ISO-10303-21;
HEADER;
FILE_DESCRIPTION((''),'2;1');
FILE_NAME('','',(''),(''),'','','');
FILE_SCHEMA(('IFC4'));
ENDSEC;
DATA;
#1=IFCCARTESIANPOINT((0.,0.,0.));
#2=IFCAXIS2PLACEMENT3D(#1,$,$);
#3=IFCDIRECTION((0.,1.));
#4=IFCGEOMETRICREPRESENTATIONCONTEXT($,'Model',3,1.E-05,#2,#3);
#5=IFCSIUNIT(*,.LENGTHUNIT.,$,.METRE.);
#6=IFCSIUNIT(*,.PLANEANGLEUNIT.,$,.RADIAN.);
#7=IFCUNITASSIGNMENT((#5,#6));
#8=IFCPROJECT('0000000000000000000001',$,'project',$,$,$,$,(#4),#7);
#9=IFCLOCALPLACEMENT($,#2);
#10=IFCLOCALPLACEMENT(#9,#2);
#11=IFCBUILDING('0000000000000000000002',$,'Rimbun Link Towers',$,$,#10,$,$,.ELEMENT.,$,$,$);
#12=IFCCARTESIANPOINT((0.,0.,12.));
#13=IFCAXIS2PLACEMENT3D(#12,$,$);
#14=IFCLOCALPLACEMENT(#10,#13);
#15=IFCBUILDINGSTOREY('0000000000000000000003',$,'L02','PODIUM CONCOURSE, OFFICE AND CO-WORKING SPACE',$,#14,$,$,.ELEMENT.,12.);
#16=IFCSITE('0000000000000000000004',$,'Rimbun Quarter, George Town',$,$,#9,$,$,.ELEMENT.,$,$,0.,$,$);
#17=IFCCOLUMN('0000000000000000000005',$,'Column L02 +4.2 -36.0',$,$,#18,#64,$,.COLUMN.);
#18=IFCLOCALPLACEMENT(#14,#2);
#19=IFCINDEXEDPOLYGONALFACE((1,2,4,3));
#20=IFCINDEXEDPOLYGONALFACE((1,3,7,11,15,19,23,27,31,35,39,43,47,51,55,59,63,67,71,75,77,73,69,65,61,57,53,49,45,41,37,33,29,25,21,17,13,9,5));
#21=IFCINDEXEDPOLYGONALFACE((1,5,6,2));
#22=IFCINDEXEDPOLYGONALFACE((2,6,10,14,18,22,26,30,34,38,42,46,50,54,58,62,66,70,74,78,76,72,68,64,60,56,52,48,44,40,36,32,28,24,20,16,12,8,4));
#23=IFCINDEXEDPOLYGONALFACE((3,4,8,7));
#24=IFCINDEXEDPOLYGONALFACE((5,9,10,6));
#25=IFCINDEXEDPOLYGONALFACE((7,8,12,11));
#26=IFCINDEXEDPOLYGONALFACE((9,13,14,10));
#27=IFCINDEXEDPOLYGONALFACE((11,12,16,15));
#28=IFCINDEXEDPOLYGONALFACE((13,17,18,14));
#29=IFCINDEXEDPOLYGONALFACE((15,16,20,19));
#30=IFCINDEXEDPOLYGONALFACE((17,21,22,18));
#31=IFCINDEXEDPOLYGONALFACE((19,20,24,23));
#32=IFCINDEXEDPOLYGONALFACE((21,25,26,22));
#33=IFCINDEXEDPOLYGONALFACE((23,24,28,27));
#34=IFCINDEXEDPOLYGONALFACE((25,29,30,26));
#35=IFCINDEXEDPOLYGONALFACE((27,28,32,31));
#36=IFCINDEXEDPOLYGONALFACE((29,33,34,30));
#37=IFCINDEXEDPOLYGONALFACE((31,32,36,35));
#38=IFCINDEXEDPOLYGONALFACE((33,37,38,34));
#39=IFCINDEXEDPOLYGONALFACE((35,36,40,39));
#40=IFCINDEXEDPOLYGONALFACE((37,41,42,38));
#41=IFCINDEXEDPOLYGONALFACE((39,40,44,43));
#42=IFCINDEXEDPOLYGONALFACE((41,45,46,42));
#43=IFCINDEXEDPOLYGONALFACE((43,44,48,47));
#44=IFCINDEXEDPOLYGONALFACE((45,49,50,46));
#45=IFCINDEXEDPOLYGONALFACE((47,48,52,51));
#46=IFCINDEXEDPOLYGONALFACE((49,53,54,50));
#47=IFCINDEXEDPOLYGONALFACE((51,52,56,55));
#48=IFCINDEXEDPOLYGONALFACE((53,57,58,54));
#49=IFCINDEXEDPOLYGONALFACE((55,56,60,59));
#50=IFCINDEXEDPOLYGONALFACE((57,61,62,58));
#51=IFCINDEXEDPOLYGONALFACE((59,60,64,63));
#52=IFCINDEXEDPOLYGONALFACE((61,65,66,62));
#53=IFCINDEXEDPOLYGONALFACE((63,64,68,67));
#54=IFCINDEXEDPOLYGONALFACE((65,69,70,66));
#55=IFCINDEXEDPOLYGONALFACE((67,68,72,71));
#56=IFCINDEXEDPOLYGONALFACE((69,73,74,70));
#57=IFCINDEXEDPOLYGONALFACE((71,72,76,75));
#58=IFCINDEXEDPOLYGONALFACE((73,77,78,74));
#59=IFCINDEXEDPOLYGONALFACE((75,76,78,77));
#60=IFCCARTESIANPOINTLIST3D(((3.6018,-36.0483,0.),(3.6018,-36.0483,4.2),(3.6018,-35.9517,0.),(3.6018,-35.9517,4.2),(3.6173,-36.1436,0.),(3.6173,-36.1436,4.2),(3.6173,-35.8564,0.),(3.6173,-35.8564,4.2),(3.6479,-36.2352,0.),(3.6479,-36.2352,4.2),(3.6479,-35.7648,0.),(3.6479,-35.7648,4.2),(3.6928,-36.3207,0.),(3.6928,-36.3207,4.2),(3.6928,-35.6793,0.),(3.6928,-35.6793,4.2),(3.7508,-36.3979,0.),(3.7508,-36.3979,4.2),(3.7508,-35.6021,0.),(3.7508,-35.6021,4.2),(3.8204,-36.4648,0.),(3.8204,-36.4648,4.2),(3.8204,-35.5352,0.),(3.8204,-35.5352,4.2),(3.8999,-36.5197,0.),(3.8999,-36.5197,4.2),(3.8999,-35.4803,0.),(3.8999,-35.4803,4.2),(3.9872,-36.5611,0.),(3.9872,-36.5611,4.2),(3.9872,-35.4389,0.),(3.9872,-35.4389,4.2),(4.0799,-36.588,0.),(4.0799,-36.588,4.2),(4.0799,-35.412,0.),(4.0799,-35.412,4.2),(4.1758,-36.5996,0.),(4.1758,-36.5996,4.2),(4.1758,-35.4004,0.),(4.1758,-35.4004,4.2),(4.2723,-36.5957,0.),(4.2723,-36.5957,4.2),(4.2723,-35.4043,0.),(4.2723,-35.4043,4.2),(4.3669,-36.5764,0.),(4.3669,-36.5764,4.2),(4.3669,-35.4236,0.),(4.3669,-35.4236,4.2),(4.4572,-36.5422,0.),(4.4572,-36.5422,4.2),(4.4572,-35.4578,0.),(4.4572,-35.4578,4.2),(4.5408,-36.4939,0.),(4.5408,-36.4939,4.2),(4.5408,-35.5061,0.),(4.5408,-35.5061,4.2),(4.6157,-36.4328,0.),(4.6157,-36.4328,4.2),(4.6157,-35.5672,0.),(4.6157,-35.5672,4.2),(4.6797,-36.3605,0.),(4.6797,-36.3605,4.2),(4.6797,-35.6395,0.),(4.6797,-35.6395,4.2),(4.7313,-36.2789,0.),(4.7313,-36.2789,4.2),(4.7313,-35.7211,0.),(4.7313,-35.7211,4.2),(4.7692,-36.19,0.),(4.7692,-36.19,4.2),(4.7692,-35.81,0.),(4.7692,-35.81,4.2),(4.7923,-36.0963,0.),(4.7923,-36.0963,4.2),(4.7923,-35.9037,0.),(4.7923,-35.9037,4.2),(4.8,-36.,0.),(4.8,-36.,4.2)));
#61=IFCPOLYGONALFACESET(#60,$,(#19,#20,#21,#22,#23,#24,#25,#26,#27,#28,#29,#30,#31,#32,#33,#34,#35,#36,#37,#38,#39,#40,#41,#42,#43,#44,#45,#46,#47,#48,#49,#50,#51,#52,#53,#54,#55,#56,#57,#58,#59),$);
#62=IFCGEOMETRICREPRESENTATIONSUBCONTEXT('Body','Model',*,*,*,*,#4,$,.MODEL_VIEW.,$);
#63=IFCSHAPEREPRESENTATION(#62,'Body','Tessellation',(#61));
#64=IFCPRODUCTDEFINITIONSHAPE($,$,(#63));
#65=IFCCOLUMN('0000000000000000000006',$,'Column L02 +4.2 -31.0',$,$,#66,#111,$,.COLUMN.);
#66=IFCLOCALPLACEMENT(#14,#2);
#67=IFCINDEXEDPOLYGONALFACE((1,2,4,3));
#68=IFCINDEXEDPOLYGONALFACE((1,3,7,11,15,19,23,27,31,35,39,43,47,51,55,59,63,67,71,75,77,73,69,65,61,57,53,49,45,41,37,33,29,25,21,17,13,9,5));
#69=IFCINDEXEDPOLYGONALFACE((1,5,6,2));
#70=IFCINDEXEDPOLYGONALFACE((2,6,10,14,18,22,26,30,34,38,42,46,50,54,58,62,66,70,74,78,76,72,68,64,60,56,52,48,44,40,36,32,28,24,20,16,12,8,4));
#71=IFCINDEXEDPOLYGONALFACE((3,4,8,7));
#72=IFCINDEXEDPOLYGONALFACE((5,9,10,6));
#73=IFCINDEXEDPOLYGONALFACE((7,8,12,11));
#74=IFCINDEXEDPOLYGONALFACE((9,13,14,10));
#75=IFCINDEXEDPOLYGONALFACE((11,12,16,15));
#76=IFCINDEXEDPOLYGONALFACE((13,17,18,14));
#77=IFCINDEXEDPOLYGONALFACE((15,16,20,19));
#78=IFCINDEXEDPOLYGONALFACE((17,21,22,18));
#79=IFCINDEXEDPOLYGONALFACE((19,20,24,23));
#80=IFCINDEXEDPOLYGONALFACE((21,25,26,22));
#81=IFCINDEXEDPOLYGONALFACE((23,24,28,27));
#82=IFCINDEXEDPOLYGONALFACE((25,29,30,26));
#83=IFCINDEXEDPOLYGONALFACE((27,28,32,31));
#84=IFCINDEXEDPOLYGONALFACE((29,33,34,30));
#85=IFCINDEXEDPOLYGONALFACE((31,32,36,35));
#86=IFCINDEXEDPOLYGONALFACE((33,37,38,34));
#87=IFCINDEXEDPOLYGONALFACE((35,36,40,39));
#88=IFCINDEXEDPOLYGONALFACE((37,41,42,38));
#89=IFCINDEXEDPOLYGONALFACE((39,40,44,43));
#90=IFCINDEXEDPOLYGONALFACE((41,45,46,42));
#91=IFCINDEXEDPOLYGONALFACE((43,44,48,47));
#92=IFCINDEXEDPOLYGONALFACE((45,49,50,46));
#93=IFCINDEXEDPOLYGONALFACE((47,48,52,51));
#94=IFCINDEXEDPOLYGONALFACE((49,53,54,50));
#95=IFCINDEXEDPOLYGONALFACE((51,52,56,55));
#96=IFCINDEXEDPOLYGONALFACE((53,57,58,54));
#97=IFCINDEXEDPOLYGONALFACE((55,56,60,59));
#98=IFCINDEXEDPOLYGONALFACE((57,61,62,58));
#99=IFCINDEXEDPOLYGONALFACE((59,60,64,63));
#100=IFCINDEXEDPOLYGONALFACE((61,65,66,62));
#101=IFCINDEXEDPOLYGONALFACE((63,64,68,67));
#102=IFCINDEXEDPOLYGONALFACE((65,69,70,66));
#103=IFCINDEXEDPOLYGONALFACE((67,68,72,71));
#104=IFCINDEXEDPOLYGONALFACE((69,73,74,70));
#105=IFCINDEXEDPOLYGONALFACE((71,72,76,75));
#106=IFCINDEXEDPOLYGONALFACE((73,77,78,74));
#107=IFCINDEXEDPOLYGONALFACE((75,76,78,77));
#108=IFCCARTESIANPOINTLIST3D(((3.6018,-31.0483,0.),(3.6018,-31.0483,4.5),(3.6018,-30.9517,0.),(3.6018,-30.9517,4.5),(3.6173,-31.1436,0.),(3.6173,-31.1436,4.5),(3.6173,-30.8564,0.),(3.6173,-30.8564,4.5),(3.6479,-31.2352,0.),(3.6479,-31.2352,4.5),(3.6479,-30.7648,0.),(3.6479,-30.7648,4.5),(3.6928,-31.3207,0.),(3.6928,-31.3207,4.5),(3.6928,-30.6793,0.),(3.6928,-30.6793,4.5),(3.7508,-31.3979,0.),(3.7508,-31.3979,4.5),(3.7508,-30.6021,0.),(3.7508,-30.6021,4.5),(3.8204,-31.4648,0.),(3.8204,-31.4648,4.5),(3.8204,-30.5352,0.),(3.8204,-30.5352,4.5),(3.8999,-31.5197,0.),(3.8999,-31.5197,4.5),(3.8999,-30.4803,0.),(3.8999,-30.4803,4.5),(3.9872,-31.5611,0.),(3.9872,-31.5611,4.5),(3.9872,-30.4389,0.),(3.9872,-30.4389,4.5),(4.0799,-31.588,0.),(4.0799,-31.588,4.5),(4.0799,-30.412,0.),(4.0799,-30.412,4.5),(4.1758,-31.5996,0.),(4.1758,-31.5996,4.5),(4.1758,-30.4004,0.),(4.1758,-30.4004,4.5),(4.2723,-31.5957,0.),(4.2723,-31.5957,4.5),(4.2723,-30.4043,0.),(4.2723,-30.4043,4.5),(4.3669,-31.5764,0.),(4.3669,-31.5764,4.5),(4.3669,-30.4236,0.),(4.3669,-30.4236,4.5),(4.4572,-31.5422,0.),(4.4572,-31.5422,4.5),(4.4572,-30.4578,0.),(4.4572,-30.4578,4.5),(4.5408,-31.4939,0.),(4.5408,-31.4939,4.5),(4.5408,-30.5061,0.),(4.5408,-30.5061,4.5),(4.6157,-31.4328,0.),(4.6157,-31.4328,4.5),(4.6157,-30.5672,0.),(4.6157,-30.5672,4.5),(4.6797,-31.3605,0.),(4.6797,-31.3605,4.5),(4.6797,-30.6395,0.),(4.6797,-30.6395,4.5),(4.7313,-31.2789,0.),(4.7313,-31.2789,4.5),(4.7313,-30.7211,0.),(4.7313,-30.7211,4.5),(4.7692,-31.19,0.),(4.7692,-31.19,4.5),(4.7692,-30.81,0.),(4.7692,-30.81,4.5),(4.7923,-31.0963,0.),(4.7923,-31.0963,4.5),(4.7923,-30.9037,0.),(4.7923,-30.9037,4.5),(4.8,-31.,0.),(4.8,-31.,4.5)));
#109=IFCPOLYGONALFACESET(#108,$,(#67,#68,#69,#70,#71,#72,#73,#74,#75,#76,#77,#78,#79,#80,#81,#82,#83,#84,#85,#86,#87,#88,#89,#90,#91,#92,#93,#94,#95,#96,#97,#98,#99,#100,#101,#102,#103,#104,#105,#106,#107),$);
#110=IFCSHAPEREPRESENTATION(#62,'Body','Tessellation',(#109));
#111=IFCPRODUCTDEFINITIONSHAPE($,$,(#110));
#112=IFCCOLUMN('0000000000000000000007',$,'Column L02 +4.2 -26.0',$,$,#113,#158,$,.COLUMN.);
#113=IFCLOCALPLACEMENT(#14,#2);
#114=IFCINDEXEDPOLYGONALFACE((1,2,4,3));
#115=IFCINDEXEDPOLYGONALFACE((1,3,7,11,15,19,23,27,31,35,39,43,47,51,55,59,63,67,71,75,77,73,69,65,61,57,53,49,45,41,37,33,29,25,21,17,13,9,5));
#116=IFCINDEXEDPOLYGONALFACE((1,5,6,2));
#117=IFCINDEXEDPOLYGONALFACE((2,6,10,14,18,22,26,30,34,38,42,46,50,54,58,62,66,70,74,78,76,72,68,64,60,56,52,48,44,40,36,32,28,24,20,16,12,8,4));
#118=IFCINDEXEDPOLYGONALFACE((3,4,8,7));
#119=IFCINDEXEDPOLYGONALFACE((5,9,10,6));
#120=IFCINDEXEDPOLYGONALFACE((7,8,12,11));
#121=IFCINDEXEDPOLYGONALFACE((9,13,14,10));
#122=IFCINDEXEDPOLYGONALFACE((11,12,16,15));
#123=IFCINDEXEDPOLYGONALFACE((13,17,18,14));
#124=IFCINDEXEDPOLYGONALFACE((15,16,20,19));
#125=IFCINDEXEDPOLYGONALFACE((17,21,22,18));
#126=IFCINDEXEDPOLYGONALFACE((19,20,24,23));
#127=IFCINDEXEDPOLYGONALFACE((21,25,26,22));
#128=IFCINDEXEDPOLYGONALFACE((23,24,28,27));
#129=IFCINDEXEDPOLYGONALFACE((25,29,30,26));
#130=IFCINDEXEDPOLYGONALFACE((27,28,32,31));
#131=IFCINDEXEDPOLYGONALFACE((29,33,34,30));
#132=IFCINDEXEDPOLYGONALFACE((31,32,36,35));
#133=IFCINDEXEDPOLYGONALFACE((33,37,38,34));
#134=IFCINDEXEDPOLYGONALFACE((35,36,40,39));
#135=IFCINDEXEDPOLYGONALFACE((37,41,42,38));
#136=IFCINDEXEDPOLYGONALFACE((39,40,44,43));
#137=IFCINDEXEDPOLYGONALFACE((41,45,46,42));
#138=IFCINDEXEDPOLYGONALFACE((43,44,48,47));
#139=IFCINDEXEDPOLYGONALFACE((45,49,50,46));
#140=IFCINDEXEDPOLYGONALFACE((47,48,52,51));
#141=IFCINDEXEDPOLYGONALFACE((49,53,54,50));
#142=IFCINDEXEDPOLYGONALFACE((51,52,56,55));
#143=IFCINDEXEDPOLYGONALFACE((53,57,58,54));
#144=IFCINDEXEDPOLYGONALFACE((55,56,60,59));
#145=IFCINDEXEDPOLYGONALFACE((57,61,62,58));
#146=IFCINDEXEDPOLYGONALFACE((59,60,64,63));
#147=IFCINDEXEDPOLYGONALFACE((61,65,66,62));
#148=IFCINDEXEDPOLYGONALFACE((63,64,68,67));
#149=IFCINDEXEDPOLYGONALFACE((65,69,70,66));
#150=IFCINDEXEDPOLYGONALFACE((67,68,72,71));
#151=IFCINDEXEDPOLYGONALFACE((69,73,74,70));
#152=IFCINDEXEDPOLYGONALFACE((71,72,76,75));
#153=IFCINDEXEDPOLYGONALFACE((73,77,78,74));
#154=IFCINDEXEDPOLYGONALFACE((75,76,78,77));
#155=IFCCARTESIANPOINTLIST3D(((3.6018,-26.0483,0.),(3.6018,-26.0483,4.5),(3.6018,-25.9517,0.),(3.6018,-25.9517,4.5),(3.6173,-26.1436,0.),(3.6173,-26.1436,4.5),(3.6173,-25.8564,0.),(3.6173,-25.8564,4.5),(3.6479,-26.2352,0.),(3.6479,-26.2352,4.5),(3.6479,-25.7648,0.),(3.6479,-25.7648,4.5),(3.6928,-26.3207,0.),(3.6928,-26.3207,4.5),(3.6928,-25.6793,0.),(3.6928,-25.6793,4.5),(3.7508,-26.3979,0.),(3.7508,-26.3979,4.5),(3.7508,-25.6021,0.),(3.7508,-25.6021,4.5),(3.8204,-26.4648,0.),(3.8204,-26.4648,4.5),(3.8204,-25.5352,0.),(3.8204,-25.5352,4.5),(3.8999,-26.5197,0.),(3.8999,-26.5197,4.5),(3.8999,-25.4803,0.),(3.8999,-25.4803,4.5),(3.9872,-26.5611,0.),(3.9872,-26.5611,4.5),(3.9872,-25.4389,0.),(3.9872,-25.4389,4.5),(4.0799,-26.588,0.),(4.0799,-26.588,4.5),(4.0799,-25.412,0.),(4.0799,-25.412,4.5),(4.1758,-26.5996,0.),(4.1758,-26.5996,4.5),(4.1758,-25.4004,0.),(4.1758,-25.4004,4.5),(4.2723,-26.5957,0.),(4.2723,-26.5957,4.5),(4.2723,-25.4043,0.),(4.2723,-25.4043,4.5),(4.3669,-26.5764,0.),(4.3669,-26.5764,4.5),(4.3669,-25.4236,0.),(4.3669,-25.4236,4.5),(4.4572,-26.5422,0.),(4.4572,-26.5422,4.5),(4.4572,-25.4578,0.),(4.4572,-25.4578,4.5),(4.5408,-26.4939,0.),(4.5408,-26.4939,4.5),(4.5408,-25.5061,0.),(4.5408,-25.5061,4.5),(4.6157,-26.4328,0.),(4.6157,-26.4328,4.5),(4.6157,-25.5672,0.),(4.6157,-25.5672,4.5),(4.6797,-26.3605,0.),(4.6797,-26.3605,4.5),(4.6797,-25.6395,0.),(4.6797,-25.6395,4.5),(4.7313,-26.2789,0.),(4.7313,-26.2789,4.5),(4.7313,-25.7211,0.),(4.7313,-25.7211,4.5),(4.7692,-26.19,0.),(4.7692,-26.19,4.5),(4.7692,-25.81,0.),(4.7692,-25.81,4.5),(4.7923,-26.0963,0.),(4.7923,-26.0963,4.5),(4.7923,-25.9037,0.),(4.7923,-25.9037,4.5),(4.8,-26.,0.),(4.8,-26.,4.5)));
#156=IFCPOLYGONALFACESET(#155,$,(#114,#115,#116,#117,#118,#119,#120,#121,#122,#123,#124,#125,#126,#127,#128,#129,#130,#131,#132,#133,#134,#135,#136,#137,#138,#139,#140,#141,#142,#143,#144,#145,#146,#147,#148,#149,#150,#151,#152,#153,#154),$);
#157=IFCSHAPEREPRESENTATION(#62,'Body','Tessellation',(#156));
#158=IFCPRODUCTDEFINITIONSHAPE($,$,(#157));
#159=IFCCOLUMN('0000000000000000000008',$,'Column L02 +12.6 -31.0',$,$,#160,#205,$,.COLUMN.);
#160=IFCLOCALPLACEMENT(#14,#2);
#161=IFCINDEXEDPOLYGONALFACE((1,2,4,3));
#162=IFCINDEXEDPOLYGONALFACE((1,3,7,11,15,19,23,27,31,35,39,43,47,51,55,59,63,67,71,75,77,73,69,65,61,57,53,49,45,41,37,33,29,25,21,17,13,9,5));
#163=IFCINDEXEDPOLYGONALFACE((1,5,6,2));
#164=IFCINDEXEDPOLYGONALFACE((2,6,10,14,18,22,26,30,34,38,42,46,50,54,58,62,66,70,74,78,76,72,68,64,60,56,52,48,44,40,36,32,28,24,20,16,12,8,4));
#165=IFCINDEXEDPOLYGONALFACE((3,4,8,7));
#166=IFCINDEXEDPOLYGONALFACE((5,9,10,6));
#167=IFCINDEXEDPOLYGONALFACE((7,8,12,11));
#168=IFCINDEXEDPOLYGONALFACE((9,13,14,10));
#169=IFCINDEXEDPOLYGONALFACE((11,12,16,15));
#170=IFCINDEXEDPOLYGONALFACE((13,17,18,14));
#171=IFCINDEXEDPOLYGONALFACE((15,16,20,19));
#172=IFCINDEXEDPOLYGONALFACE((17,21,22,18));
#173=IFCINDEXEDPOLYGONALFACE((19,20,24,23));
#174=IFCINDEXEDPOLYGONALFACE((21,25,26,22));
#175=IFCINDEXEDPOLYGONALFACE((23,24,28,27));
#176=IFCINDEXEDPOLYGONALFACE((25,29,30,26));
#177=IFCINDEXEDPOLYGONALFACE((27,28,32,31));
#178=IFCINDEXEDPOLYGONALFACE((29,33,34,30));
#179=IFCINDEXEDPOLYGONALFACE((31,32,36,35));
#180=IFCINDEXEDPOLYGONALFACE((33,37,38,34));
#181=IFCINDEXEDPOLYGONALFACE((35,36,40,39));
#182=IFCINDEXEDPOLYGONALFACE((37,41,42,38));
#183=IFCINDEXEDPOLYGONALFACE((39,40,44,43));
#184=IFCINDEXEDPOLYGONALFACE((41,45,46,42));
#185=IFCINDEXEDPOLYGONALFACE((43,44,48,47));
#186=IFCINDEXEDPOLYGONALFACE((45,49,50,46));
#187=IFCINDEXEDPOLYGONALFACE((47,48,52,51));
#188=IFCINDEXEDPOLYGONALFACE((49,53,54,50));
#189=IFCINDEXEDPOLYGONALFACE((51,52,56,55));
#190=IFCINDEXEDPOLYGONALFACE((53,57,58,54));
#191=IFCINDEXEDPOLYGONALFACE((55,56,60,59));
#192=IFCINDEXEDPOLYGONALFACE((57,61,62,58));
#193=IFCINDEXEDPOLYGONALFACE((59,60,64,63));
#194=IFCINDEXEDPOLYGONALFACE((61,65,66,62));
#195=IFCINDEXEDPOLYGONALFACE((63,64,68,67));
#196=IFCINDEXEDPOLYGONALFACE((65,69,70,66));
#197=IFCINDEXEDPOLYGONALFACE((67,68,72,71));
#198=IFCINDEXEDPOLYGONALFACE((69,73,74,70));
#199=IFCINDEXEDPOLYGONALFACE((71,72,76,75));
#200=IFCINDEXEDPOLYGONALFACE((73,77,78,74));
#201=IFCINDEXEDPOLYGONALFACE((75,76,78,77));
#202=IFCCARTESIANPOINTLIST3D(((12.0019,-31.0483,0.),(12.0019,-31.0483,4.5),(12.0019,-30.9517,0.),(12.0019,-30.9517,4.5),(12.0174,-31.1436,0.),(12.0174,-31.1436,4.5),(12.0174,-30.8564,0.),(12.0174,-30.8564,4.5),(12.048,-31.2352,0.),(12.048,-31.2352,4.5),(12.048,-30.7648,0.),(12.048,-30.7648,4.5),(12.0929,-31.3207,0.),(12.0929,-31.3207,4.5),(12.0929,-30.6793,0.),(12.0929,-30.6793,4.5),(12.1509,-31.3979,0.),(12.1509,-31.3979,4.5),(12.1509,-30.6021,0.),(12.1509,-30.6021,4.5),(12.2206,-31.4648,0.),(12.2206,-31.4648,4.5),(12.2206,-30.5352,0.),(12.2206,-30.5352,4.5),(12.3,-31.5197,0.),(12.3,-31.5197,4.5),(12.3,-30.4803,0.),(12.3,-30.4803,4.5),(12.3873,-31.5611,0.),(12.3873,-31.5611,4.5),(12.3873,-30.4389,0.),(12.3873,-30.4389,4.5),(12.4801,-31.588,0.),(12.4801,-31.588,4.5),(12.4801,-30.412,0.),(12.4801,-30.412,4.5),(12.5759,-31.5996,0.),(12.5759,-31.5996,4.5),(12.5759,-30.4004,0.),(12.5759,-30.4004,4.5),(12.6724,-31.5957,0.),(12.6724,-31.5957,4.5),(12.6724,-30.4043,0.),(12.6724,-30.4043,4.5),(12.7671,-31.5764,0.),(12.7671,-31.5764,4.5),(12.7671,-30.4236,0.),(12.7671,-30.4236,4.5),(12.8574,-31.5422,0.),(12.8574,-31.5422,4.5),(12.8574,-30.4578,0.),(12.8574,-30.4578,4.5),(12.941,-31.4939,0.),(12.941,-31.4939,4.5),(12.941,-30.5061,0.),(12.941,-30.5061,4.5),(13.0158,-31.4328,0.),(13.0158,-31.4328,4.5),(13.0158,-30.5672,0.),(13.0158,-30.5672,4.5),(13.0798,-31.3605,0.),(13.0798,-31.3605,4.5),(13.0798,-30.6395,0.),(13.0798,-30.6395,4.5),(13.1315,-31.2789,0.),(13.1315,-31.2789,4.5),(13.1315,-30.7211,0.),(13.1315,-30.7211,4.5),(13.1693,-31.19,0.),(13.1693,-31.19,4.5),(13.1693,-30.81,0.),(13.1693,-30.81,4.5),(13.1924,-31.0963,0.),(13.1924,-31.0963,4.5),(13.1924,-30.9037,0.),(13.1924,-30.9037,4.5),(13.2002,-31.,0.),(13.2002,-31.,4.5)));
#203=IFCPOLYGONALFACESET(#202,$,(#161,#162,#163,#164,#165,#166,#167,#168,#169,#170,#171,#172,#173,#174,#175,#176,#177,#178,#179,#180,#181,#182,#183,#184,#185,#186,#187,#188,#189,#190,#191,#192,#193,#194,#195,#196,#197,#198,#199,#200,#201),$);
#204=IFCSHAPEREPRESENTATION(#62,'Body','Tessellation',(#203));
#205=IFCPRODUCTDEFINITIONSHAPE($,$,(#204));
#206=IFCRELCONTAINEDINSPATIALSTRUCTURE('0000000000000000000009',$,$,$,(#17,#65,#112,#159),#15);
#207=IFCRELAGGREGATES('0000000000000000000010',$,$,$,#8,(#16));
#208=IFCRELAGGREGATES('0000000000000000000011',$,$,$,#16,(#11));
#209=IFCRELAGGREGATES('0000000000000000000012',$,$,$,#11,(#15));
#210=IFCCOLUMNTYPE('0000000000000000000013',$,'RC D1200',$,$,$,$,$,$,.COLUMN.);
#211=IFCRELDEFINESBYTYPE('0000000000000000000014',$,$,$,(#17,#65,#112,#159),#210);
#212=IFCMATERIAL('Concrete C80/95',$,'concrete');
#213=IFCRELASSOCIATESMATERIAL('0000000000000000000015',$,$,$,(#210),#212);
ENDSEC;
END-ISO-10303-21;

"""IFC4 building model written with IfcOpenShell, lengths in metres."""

from ifc_helpers import new_model, si_unit, direction, frame, origin, origin_2d, place, context, subcontext, project, spatial, circle, extrude, material, material_profile, profile_set, type_object, element, save


model = new_model("IFC4")

# Units and contexts
model_context = context("Model", 3, precision=1e-05, world=origin(), true_north=direction((0.0, 1.0)))
body_context = subcontext(model_context, "Body", "Model", "MODEL_VIEW")
ifc_project = project(units=[si_unit("LENGTHUNIT", "METRE"), si_unit("PLANEANGLEUNIT", "RADIAN")], contexts=[model_context])

# Site, building, storey
site_placement = place(None, origin())
site = spatial("IfcSite", under=ifc_project, at=site_placement, Name="Rimbun Quarter, George Town", CompositionType="ELEMENT", RefElevation=0.0)
building_placement = place(site_placement, origin())
building = spatial("IfcBuilding", under=site, at=building_placement, Name="Rimbun Link Towers", CompositionType="ELEMENT")
storey_placement = place(building_placement, frame((0.0, 0.0, 12.0)))
storey = spatial("IfcBuildingStorey", under=building, at=storey_placement, Name="L02", Description="PODIUM CONCOURSE, OFFICE AND CO-WORKING SPACE", CompositionType="ELEMENT", Elevation=12.0)

# Columns
ifc_material_1 = material(Name="Concrete C80/95", Category="concrete")
ifc_material_profile_1 = material_profile(ifc_material_1, circle(Radius=0.6001, at=origin_2d()), Name="RC D1200")
ifc_profile_set_1 = profile_set([ifc_material_profile_1], Name="Concrete C80/95")
column_type = type_object("IfcColumnType", Name="RC D1200", PredefinedType="COLUMN", material=ifc_profile_set_1)
column_placement = place(storey_placement, frame((4.2, -36.0, 0.0), z_axis=(0.0, 0.0, 1.0), x_axis=(1.0, 0.0, 0.0)))
element("IfcColumn", 1, at=column_placement, inside=storey, type_object=column_type, Name="Column L02 +4.2 -36.0", PredefinedType="COLUMN", context=body_context, shape_type="SweptSolid", body=[
    extrude(circle(Radius=0.6001, at=origin_2d()), origin(), (0.0, 0.0, 1.0), 4.2),
])
for number, where, z_axis, x_axis, name in (
    (2, (4.2, -31.0, 0.0), (0.0, 0.0, 1.0), (1.0, 0.0, 0.0), "Column L02 +4.2 -31.0"),
    (3, (4.2, -26.0, 0.0), (0.0, 0.0, 1.0), (1.0, 0.0, 0.0), "Column L02 +4.2 -26.0"),
    (4, (12.6001, -31.0, 0.0), (0.0, 0.0, 1.0), (1.0, 0.0, 0.0), "Column L02 +12.6 -31.0"),
):
    element("IfcColumn", number, at=place(storey_placement, frame(where, z_axis=z_axis, x_axis=x_axis)), inside=storey, type_object=column_type, Name=name, PredefinedType="COLUMN", context=body_context, shape_type="SweptSolid", body=[
        extrude(circle(Radius=0.6001, at=origin_2d()), origin(), (0.0, 0.0, 1.0), 4.5),
    ])

save(model, "model.ifc")
